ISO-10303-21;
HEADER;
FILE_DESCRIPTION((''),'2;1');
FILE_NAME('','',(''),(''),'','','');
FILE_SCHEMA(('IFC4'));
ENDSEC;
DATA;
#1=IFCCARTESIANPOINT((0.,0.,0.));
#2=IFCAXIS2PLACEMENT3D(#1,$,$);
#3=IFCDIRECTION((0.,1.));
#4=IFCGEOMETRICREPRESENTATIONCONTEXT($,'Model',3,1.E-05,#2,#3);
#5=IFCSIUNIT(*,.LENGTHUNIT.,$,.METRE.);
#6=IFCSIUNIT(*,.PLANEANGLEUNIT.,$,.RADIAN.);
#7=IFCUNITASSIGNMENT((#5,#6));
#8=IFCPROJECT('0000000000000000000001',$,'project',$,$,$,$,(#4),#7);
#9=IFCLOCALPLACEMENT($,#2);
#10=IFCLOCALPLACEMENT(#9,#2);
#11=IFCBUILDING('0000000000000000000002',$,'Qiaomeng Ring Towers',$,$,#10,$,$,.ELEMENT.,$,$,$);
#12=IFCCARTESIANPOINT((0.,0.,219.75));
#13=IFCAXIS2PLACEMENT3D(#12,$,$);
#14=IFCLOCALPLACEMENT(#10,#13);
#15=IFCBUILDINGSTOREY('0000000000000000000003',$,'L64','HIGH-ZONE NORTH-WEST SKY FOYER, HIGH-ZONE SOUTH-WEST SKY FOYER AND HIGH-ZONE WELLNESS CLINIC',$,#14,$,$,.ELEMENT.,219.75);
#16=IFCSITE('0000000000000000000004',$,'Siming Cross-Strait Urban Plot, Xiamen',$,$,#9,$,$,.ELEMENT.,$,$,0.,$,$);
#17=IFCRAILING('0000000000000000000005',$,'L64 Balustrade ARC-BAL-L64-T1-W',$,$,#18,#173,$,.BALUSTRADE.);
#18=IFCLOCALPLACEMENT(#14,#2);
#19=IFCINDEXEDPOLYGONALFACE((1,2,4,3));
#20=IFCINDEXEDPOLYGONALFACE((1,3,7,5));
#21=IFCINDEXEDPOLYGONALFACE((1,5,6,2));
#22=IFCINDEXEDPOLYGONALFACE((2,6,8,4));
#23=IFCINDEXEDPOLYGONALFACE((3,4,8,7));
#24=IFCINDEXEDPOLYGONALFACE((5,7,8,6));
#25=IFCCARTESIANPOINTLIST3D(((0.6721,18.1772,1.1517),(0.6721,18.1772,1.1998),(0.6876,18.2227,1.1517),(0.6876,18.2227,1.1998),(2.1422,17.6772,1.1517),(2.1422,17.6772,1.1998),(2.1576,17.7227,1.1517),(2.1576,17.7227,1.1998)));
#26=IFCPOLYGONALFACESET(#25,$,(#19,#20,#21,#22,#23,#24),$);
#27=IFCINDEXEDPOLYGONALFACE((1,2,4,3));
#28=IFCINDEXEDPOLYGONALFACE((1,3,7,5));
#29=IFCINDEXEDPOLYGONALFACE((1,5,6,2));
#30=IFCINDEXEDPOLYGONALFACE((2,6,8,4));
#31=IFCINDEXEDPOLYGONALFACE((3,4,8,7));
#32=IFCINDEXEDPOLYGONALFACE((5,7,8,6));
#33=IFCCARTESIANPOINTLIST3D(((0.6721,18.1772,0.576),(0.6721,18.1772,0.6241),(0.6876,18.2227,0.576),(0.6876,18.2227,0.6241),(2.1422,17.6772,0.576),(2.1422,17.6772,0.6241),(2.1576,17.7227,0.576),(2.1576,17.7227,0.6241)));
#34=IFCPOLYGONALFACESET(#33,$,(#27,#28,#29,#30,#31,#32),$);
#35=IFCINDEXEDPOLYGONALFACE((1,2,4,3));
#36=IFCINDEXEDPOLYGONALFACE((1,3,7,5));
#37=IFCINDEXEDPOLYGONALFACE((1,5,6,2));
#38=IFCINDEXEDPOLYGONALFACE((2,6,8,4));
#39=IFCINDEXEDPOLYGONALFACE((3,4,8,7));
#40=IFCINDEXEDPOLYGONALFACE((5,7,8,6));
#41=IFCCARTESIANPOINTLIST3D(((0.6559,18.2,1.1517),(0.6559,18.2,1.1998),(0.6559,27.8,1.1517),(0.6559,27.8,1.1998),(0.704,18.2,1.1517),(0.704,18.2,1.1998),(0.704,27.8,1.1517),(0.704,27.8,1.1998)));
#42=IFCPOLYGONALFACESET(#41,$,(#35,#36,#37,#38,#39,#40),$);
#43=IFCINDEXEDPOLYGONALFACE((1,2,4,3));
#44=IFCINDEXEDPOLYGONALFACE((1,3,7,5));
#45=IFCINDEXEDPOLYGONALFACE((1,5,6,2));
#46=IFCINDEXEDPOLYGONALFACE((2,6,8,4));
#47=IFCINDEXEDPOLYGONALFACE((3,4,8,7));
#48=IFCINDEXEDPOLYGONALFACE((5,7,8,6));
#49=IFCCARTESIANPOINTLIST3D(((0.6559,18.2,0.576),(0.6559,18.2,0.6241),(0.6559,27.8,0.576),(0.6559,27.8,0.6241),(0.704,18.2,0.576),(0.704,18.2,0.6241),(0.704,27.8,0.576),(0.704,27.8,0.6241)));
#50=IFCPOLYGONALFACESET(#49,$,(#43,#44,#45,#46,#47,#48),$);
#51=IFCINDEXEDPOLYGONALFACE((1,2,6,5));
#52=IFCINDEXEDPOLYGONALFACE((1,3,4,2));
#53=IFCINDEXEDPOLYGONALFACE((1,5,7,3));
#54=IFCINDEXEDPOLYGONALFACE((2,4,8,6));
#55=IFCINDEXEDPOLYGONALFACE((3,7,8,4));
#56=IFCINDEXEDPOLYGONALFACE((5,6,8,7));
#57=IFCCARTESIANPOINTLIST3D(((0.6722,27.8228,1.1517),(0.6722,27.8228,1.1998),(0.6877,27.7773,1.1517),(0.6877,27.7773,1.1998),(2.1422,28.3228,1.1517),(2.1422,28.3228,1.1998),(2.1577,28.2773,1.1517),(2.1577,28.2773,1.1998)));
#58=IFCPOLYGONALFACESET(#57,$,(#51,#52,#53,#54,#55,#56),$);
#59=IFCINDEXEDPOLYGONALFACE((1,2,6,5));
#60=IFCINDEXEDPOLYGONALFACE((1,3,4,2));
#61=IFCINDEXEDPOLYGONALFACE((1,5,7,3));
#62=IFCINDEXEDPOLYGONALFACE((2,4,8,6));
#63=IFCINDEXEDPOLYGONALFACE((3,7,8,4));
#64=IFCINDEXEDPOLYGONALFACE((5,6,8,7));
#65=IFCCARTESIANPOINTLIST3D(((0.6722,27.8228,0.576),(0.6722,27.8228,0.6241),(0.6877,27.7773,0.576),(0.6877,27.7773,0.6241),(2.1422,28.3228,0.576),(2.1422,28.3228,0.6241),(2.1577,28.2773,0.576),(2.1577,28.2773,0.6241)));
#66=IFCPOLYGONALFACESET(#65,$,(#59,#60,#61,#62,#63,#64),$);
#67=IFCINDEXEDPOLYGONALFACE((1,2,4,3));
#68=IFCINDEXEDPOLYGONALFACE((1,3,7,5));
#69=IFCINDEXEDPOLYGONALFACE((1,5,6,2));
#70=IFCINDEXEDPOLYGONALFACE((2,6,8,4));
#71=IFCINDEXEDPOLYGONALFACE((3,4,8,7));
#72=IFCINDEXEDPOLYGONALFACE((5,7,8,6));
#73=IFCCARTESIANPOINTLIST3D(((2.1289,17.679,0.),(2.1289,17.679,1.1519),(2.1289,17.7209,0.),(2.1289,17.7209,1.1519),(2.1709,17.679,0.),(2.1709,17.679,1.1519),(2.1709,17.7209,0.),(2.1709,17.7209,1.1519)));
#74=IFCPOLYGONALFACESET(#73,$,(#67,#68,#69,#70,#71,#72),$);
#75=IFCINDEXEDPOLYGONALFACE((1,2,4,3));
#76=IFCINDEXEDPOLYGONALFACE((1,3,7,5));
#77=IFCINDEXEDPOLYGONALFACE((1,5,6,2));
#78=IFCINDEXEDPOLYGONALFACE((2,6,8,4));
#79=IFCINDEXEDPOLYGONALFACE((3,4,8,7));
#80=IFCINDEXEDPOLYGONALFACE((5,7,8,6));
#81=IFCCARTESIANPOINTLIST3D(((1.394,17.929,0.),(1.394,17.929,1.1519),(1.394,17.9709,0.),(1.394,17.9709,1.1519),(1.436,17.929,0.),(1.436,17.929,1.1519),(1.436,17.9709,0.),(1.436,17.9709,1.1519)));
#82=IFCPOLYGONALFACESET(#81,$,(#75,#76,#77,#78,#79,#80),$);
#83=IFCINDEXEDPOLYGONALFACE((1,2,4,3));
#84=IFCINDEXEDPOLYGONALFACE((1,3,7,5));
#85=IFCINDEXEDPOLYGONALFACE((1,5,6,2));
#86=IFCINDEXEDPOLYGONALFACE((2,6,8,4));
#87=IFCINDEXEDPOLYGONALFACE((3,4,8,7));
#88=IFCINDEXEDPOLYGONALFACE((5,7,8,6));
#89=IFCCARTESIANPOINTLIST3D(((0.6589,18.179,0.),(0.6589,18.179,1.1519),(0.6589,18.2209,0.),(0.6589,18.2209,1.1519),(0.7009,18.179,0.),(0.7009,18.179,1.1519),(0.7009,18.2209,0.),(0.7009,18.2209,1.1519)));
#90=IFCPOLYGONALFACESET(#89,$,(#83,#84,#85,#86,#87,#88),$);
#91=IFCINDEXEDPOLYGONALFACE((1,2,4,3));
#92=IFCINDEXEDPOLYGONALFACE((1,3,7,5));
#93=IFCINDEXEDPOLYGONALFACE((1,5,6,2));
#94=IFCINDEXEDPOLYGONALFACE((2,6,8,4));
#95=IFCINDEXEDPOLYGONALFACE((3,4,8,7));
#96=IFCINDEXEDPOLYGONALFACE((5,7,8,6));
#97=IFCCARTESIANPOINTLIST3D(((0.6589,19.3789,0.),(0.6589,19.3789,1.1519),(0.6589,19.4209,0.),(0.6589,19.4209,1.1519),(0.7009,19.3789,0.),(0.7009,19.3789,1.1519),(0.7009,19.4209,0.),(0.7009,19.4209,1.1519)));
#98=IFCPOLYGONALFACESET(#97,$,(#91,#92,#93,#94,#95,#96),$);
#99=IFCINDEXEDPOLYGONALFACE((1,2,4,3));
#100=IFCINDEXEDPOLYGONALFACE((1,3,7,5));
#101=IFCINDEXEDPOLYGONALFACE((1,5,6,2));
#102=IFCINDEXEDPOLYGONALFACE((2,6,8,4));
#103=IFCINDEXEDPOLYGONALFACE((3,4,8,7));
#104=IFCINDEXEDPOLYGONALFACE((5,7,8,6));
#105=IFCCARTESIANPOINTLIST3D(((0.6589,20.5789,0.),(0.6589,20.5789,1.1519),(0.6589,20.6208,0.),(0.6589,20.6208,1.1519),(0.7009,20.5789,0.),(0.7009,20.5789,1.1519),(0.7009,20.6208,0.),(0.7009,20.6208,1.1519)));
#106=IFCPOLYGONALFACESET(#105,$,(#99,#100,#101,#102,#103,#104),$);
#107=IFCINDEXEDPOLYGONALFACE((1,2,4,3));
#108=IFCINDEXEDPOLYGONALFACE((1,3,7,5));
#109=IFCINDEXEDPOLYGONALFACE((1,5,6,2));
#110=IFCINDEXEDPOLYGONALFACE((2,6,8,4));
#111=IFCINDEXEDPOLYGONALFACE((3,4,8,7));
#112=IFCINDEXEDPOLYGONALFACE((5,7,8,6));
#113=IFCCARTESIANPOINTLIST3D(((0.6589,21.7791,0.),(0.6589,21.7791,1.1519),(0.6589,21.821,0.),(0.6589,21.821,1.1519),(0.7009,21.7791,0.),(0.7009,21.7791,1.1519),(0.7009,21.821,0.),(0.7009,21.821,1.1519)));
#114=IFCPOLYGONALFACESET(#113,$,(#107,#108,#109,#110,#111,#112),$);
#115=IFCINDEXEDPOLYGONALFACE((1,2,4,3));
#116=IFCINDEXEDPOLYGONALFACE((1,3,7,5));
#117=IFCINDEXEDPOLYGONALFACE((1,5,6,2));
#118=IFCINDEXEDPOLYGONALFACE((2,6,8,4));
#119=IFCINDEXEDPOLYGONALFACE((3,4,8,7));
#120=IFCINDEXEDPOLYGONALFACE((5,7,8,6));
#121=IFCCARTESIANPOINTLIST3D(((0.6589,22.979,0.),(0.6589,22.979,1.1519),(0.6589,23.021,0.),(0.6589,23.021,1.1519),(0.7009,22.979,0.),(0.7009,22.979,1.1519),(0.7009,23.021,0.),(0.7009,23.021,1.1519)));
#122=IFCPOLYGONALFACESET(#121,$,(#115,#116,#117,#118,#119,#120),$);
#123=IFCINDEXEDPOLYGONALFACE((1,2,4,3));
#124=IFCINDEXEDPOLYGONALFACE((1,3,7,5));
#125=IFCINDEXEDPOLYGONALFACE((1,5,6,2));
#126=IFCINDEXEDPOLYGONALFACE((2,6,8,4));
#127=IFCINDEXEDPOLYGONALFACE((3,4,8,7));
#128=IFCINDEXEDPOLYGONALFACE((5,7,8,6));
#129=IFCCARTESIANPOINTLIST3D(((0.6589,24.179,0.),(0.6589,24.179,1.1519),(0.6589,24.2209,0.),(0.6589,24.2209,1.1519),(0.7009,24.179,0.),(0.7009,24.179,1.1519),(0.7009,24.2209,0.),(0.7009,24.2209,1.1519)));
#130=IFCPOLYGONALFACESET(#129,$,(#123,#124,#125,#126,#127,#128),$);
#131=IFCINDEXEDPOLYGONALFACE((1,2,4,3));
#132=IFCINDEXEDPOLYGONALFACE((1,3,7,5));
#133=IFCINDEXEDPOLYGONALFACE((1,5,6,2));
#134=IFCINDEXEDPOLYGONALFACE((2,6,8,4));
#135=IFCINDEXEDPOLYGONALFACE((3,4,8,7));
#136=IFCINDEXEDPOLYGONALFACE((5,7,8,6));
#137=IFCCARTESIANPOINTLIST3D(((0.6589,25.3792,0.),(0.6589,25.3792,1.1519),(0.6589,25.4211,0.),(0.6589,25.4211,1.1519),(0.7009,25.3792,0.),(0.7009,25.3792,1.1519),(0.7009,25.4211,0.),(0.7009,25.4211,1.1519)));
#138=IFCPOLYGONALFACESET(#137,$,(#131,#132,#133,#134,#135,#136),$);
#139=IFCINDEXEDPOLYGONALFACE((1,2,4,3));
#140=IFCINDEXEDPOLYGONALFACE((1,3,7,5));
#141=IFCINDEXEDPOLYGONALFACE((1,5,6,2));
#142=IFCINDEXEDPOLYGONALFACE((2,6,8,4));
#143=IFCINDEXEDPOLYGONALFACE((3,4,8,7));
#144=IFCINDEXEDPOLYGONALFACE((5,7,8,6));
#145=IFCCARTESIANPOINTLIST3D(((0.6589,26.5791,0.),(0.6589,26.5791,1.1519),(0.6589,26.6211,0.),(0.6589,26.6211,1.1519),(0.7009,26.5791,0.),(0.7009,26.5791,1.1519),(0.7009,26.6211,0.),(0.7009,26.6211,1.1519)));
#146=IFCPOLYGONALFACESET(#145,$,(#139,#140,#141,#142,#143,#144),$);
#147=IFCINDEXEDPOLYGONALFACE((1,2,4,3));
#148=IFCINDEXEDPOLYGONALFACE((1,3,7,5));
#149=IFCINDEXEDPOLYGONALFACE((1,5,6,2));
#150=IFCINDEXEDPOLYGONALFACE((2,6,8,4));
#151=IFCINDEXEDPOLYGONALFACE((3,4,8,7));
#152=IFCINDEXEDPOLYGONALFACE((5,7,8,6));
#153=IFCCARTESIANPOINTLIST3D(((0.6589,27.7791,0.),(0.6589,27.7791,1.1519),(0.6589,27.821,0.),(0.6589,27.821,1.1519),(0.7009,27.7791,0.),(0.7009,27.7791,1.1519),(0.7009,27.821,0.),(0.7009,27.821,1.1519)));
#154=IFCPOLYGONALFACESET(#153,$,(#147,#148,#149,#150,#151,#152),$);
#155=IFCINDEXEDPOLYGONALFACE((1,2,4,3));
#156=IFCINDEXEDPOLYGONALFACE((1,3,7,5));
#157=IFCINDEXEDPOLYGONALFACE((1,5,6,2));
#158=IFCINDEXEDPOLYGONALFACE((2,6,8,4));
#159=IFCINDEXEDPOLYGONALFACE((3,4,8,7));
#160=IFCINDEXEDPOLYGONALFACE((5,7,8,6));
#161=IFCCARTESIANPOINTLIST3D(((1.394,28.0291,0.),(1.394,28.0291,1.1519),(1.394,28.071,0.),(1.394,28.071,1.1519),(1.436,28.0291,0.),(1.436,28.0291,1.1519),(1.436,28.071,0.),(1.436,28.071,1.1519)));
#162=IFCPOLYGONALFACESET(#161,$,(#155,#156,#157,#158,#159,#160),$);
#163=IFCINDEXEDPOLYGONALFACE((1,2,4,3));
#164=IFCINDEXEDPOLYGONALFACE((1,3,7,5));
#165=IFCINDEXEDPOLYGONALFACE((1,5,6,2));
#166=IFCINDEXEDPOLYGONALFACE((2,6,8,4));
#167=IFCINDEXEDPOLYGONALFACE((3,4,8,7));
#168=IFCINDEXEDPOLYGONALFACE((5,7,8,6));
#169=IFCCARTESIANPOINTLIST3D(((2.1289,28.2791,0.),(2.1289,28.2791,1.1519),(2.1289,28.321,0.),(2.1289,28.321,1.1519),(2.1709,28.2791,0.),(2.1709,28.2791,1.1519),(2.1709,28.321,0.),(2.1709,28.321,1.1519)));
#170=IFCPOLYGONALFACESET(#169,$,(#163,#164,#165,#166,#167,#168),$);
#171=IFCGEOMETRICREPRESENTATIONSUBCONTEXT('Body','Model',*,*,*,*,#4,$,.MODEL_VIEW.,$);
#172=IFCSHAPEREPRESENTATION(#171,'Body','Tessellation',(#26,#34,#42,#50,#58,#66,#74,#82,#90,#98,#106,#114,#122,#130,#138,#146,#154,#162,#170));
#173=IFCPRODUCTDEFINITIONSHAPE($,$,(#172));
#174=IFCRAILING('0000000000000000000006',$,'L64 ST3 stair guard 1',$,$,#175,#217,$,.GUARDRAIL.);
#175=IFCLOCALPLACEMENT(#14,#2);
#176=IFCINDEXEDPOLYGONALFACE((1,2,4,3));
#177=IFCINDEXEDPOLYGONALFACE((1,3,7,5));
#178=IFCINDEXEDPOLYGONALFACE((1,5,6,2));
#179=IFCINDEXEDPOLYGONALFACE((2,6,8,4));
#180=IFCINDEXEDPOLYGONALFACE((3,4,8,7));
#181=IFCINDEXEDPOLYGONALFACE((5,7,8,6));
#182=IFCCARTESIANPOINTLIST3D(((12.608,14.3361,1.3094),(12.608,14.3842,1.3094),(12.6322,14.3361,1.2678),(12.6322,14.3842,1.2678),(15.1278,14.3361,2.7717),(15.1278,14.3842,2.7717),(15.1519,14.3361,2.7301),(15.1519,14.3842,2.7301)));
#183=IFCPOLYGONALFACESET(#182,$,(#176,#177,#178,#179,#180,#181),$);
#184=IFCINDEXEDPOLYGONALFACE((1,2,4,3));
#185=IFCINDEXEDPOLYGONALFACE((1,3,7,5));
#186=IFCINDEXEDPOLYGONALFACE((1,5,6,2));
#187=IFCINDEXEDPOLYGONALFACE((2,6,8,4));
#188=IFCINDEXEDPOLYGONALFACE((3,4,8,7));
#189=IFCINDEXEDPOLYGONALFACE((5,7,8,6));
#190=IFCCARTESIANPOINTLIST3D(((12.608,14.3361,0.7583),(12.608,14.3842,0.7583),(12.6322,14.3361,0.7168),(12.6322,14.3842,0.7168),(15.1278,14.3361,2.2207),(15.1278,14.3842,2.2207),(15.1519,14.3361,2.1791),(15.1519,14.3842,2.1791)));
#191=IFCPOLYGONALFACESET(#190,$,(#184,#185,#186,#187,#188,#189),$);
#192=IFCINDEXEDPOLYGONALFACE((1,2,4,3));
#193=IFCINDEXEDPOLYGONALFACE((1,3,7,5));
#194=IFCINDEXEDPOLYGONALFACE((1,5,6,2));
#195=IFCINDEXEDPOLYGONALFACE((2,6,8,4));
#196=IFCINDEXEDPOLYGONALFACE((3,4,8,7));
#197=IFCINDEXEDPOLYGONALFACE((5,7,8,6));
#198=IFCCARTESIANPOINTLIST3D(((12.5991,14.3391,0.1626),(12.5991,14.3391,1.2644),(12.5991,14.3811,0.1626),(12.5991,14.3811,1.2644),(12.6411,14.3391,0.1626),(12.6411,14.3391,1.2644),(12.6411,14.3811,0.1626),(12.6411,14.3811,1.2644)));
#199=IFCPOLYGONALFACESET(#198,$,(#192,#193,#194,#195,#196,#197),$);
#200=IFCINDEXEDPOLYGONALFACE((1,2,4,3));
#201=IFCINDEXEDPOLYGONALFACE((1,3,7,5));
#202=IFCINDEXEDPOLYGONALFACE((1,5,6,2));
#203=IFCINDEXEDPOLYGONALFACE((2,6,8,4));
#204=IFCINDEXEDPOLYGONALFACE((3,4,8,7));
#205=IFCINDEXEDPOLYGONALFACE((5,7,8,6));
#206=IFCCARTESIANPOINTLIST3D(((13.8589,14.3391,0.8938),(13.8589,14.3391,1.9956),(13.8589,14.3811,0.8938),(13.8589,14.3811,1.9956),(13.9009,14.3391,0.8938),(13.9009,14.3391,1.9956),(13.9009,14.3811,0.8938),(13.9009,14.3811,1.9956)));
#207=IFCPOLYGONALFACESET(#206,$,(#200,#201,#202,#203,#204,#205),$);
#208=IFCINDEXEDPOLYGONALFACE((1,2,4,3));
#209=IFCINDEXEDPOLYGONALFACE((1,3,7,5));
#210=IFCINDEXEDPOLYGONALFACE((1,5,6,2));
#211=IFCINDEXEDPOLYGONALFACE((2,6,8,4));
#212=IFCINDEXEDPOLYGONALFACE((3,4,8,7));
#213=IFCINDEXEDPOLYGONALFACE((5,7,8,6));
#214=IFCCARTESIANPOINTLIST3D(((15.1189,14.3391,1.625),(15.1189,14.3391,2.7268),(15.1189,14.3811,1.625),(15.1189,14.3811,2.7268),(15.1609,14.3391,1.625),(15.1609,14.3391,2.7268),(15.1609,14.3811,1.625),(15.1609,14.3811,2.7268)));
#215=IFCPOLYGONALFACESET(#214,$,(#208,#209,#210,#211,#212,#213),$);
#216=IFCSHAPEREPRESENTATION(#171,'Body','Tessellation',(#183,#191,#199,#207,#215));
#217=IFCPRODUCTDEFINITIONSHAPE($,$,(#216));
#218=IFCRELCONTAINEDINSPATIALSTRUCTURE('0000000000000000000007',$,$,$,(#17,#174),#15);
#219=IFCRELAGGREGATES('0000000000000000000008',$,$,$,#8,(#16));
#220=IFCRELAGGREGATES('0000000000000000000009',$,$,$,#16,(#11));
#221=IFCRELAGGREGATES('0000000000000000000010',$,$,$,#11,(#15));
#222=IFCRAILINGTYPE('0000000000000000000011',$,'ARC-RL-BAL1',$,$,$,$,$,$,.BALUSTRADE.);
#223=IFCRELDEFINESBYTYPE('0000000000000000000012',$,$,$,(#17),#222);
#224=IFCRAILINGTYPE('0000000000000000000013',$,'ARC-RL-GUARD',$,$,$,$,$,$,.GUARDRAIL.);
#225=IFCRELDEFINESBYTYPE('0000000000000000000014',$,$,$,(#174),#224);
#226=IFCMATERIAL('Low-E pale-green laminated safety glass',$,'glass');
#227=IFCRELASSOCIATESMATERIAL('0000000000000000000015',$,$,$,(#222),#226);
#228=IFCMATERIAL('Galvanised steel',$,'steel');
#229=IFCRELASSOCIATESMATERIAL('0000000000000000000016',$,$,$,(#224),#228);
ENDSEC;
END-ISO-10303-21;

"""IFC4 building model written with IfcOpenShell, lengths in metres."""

from ifc_helpers import new_model, si_unit, direction, frame, origin, origin_2d, place, context, subcontext, project, spatial, rectangle, extrude, material, type_object, element, save


model = new_model("IFC4")

# Units and contexts
model_context = context("Model", 3, precision=1e-05, world=origin(), true_north=direction((0.0, 1.0)))
body_context = subcontext(model_context, "Body", "Model", "MODEL_VIEW")
ifc_project = project(units=[si_unit("LENGTHUNIT", "METRE"), si_unit("PLANEANGLEUNIT", "RADIAN")], contexts=[model_context])

# Site, building, storey
site_placement = place(None, origin())
site = spatial("IfcSite", under=ifc_project, at=site_placement, Name="Siming Cross-Strait Urban Plot, Xiamen", CompositionType="ELEMENT", RefElevation=0.0)
building_placement = place(site_placement, origin())
building = spatial("IfcBuilding", under=site, at=building_placement, Name="Qiaomeng Ring Towers", CompositionType="ELEMENT")
storey_placement = place(building_placement, frame((0.0, 0.0, 219.75)))
storey = spatial("IfcBuildingStorey", under=building, at=storey_placement, Name="L64", Description="HIGH-ZONE NORTH-WEST SKY FOYER, HIGH-ZONE SOUTH-WEST SKY FOYER AND HIGH-ZONE WELLNESS CLINIC", CompositionType="ELEMENT", Elevation=219.75)

# Shared definitions
ifc_material_1 = material(Name="Galvanised steel", Category="steel")

# Railings
ifc_material_2 = material(Name="Low-E pale-green laminated safety glass", Category="glass")
railing_type_1 = type_object("IfcRailingType", Name="ARC-RL-BAL1", PredefinedType="BALUSTRADE", material=ifc_material_2)
railing_1_placement = place(storey_placement, frame((2.1499, 17.7, 0.0)))
element("IfcRailing", 1, at=railing_1_placement, inside=storey, type_object=railing_type_1, Name="L64 Balustrade ARC-BAL-L64-T1-W", PredefinedType="BALUSTRADE", context=body_context, shape_type="SweptSolid", body=[
    extrude(rectangle(XDim=0.0481, YDim=0.0481, at=origin_2d()), frame((0.0, 0.0, 1.1758), z_axis=(-0.946732, 0.322024, 0.0), x_axis=(-0.322024, -0.946732, 0.0)), (0.0, 0.0, 1.0), 1.5527),
    extrude(rectangle(XDim=0.0481, YDim=0.0481, at=origin_2d()), frame((0.0, 0.0, 0.6001), z_axis=(-0.946732, 0.322024, 0.0), x_axis=(-0.322024, -0.946732, 0.0)), (0.0, 0.0, 1.0), 1.5527),
    extrude(rectangle(XDim=0.0481, YDim=0.0481, at=origin_2d()), frame((-1.47, 0.5, 1.1758), z_axis=(0.0, 1.0, 0.0), x_axis=(-1.0, 0.0, 0.0)), (0.0, 0.0, 1.0), 9.6001),
    extrude(rectangle(XDim=0.0481, YDim=0.0481, at=origin_2d()), frame((-1.47, 0.5, 0.6001), z_axis=(0.0, 1.0, 0.0), x_axis=(-1.0, 0.0, 0.0)), (0.0, 0.0, 1.0), 9.6001),
    extrude(rectangle(XDim=0.0481, YDim=0.0481, at=origin_2d()), frame((-1.47, 10.1001, 1.1758), z_axis=(0.946732, 0.322024, 0.0), x_axis=(-0.322024, 0.946732, 0.0)), (0.0, 0.0, 1.0), 1.5527),
    extrude(rectangle(XDim=0.0481, YDim=0.0481, at=origin_2d()), frame((-1.47, 10.1001, 0.6001), z_axis=(0.946732, 0.322024, 0.0), x_axis=(-0.322024, 0.946732, 0.0)), (0.0, 0.0, 1.0), 1.5527),
    extrude(rectangle(XDim=0.042, YDim=0.042, at=origin_2d()), origin(), (0.0, 0.0, 1.0), 1.1519),
    extrude(rectangle(XDim=0.042, YDim=0.042, at=origin_2d()), frame((-0.7349, 0.25, 0.0)), (0.0, 0.0, 1.0), 1.1519),
    extrude(rectangle(XDim=0.042, YDim=0.042, at=origin_2d()), frame((-1.47, 0.5, 0.0)), (0.0, 0.0, 1.0), 1.1519),
    extrude(rectangle(XDim=0.042, YDim=0.042, at=origin_2d()), frame((-1.47, 1.7, 0.0)), (0.0, 0.0, 1.0), 1.1519),
    extrude(rectangle(XDim=0.042, YDim=0.042, at=origin_2d()), frame((-1.47, 2.8999, 0.0)), (0.0, 0.0, 1.0), 1.1519),
    extrude(rectangle(XDim=0.042, YDim=0.042, at=origin_2d()), frame((-1.47, 4.1001, 0.0)), (0.0, 0.0, 1.0), 1.1519),
    extrude(rectangle(XDim=0.042, YDim=0.042, at=origin_2d()), frame((-1.47, 5.3, 0.0)), (0.0, 0.0, 1.0), 1.1519),
    extrude(rectangle(XDim=0.042, YDim=0.042, at=origin_2d()), frame((-1.47, 6.5, 0.0)), (0.0, 0.0, 1.0), 1.1519),
    extrude(rectangle(XDim=0.042, YDim=0.042, at=origin_2d()), frame((-1.47, 7.7002, 0.0)), (0.0, 0.0, 1.0), 1.1519),
    extrude(rectangle(XDim=0.042, YDim=0.042, at=origin_2d()), frame((-1.47, 8.9001, 0.0)), (0.0, 0.0, 1.0), 1.1519),
    extrude(rectangle(XDim=0.042, YDim=0.042, at=origin_2d()), frame((-1.47, 10.1001, 0.0)), (0.0, 0.0, 1.0), 1.1519),
    extrude(rectangle(XDim=0.042, YDim=0.042, at=origin_2d()), frame((-0.7349, 10.3501, 0.0)), (0.0, 0.0, 1.0), 1.1519),
    extrude(rectangle(XDim=0.042, YDim=0.042, at=origin_2d()), frame((0.0, 10.6001, 0.0)), (0.0, 0.0, 1.0), 1.1519),
])
railing_type_2 = type_object("IfcRailingType", Name="ARC-RL-GUARD", PredefinedType="GUARDRAIL", material=ifc_material_1)
railing_2_placement = place(storey_placement, frame((12.6201, 14.3601, 0.1626)))
element("IfcRailing", 2, at=railing_2_placement, inside=storey, type_object=railing_type_2, Name="L64 ST3 stair guard 1", PredefinedType="GUARDRAIL", context=body_context, shape_type="SweptSolid", body=[
    extrude(rectangle(XDim=0.0481, YDim=0.0481, at=origin_2d()), frame((0.0, 0.0, 1.126), z_axis=(0.864892, 0.0, 0.501958), x_axis=(0.0, 1.0, 0.0)), (0.0, 0.0, 1.0), 2.9133),
    extrude(rectangle(XDim=0.0481, YDim=0.0481, at=origin_2d()), frame((0.0, 0.0, 0.575), z_axis=(0.864892, 0.0, 0.501958), x_axis=(0.0, 1.0, 0.0)), (0.0, 0.0, 1.0), 2.9133),
    extrude(rectangle(XDim=0.042, YDim=0.042, at=origin_2d()), origin(), (0.0, 0.0, 1.0), 1.1018),
    extrude(rectangle(XDim=0.042, YDim=0.042, at=origin_2d()), frame((1.2598, 0.0, 0.7312)), (0.0, 0.0, 1.0), 1.1018),
    extrude(rectangle(XDim=0.042, YDim=0.042, at=origin_2d()), frame((2.5198, 0.0, 1.4624)), (0.0, 0.0, 1.0), 1.1018),
])

save(model, "model.ifc")
